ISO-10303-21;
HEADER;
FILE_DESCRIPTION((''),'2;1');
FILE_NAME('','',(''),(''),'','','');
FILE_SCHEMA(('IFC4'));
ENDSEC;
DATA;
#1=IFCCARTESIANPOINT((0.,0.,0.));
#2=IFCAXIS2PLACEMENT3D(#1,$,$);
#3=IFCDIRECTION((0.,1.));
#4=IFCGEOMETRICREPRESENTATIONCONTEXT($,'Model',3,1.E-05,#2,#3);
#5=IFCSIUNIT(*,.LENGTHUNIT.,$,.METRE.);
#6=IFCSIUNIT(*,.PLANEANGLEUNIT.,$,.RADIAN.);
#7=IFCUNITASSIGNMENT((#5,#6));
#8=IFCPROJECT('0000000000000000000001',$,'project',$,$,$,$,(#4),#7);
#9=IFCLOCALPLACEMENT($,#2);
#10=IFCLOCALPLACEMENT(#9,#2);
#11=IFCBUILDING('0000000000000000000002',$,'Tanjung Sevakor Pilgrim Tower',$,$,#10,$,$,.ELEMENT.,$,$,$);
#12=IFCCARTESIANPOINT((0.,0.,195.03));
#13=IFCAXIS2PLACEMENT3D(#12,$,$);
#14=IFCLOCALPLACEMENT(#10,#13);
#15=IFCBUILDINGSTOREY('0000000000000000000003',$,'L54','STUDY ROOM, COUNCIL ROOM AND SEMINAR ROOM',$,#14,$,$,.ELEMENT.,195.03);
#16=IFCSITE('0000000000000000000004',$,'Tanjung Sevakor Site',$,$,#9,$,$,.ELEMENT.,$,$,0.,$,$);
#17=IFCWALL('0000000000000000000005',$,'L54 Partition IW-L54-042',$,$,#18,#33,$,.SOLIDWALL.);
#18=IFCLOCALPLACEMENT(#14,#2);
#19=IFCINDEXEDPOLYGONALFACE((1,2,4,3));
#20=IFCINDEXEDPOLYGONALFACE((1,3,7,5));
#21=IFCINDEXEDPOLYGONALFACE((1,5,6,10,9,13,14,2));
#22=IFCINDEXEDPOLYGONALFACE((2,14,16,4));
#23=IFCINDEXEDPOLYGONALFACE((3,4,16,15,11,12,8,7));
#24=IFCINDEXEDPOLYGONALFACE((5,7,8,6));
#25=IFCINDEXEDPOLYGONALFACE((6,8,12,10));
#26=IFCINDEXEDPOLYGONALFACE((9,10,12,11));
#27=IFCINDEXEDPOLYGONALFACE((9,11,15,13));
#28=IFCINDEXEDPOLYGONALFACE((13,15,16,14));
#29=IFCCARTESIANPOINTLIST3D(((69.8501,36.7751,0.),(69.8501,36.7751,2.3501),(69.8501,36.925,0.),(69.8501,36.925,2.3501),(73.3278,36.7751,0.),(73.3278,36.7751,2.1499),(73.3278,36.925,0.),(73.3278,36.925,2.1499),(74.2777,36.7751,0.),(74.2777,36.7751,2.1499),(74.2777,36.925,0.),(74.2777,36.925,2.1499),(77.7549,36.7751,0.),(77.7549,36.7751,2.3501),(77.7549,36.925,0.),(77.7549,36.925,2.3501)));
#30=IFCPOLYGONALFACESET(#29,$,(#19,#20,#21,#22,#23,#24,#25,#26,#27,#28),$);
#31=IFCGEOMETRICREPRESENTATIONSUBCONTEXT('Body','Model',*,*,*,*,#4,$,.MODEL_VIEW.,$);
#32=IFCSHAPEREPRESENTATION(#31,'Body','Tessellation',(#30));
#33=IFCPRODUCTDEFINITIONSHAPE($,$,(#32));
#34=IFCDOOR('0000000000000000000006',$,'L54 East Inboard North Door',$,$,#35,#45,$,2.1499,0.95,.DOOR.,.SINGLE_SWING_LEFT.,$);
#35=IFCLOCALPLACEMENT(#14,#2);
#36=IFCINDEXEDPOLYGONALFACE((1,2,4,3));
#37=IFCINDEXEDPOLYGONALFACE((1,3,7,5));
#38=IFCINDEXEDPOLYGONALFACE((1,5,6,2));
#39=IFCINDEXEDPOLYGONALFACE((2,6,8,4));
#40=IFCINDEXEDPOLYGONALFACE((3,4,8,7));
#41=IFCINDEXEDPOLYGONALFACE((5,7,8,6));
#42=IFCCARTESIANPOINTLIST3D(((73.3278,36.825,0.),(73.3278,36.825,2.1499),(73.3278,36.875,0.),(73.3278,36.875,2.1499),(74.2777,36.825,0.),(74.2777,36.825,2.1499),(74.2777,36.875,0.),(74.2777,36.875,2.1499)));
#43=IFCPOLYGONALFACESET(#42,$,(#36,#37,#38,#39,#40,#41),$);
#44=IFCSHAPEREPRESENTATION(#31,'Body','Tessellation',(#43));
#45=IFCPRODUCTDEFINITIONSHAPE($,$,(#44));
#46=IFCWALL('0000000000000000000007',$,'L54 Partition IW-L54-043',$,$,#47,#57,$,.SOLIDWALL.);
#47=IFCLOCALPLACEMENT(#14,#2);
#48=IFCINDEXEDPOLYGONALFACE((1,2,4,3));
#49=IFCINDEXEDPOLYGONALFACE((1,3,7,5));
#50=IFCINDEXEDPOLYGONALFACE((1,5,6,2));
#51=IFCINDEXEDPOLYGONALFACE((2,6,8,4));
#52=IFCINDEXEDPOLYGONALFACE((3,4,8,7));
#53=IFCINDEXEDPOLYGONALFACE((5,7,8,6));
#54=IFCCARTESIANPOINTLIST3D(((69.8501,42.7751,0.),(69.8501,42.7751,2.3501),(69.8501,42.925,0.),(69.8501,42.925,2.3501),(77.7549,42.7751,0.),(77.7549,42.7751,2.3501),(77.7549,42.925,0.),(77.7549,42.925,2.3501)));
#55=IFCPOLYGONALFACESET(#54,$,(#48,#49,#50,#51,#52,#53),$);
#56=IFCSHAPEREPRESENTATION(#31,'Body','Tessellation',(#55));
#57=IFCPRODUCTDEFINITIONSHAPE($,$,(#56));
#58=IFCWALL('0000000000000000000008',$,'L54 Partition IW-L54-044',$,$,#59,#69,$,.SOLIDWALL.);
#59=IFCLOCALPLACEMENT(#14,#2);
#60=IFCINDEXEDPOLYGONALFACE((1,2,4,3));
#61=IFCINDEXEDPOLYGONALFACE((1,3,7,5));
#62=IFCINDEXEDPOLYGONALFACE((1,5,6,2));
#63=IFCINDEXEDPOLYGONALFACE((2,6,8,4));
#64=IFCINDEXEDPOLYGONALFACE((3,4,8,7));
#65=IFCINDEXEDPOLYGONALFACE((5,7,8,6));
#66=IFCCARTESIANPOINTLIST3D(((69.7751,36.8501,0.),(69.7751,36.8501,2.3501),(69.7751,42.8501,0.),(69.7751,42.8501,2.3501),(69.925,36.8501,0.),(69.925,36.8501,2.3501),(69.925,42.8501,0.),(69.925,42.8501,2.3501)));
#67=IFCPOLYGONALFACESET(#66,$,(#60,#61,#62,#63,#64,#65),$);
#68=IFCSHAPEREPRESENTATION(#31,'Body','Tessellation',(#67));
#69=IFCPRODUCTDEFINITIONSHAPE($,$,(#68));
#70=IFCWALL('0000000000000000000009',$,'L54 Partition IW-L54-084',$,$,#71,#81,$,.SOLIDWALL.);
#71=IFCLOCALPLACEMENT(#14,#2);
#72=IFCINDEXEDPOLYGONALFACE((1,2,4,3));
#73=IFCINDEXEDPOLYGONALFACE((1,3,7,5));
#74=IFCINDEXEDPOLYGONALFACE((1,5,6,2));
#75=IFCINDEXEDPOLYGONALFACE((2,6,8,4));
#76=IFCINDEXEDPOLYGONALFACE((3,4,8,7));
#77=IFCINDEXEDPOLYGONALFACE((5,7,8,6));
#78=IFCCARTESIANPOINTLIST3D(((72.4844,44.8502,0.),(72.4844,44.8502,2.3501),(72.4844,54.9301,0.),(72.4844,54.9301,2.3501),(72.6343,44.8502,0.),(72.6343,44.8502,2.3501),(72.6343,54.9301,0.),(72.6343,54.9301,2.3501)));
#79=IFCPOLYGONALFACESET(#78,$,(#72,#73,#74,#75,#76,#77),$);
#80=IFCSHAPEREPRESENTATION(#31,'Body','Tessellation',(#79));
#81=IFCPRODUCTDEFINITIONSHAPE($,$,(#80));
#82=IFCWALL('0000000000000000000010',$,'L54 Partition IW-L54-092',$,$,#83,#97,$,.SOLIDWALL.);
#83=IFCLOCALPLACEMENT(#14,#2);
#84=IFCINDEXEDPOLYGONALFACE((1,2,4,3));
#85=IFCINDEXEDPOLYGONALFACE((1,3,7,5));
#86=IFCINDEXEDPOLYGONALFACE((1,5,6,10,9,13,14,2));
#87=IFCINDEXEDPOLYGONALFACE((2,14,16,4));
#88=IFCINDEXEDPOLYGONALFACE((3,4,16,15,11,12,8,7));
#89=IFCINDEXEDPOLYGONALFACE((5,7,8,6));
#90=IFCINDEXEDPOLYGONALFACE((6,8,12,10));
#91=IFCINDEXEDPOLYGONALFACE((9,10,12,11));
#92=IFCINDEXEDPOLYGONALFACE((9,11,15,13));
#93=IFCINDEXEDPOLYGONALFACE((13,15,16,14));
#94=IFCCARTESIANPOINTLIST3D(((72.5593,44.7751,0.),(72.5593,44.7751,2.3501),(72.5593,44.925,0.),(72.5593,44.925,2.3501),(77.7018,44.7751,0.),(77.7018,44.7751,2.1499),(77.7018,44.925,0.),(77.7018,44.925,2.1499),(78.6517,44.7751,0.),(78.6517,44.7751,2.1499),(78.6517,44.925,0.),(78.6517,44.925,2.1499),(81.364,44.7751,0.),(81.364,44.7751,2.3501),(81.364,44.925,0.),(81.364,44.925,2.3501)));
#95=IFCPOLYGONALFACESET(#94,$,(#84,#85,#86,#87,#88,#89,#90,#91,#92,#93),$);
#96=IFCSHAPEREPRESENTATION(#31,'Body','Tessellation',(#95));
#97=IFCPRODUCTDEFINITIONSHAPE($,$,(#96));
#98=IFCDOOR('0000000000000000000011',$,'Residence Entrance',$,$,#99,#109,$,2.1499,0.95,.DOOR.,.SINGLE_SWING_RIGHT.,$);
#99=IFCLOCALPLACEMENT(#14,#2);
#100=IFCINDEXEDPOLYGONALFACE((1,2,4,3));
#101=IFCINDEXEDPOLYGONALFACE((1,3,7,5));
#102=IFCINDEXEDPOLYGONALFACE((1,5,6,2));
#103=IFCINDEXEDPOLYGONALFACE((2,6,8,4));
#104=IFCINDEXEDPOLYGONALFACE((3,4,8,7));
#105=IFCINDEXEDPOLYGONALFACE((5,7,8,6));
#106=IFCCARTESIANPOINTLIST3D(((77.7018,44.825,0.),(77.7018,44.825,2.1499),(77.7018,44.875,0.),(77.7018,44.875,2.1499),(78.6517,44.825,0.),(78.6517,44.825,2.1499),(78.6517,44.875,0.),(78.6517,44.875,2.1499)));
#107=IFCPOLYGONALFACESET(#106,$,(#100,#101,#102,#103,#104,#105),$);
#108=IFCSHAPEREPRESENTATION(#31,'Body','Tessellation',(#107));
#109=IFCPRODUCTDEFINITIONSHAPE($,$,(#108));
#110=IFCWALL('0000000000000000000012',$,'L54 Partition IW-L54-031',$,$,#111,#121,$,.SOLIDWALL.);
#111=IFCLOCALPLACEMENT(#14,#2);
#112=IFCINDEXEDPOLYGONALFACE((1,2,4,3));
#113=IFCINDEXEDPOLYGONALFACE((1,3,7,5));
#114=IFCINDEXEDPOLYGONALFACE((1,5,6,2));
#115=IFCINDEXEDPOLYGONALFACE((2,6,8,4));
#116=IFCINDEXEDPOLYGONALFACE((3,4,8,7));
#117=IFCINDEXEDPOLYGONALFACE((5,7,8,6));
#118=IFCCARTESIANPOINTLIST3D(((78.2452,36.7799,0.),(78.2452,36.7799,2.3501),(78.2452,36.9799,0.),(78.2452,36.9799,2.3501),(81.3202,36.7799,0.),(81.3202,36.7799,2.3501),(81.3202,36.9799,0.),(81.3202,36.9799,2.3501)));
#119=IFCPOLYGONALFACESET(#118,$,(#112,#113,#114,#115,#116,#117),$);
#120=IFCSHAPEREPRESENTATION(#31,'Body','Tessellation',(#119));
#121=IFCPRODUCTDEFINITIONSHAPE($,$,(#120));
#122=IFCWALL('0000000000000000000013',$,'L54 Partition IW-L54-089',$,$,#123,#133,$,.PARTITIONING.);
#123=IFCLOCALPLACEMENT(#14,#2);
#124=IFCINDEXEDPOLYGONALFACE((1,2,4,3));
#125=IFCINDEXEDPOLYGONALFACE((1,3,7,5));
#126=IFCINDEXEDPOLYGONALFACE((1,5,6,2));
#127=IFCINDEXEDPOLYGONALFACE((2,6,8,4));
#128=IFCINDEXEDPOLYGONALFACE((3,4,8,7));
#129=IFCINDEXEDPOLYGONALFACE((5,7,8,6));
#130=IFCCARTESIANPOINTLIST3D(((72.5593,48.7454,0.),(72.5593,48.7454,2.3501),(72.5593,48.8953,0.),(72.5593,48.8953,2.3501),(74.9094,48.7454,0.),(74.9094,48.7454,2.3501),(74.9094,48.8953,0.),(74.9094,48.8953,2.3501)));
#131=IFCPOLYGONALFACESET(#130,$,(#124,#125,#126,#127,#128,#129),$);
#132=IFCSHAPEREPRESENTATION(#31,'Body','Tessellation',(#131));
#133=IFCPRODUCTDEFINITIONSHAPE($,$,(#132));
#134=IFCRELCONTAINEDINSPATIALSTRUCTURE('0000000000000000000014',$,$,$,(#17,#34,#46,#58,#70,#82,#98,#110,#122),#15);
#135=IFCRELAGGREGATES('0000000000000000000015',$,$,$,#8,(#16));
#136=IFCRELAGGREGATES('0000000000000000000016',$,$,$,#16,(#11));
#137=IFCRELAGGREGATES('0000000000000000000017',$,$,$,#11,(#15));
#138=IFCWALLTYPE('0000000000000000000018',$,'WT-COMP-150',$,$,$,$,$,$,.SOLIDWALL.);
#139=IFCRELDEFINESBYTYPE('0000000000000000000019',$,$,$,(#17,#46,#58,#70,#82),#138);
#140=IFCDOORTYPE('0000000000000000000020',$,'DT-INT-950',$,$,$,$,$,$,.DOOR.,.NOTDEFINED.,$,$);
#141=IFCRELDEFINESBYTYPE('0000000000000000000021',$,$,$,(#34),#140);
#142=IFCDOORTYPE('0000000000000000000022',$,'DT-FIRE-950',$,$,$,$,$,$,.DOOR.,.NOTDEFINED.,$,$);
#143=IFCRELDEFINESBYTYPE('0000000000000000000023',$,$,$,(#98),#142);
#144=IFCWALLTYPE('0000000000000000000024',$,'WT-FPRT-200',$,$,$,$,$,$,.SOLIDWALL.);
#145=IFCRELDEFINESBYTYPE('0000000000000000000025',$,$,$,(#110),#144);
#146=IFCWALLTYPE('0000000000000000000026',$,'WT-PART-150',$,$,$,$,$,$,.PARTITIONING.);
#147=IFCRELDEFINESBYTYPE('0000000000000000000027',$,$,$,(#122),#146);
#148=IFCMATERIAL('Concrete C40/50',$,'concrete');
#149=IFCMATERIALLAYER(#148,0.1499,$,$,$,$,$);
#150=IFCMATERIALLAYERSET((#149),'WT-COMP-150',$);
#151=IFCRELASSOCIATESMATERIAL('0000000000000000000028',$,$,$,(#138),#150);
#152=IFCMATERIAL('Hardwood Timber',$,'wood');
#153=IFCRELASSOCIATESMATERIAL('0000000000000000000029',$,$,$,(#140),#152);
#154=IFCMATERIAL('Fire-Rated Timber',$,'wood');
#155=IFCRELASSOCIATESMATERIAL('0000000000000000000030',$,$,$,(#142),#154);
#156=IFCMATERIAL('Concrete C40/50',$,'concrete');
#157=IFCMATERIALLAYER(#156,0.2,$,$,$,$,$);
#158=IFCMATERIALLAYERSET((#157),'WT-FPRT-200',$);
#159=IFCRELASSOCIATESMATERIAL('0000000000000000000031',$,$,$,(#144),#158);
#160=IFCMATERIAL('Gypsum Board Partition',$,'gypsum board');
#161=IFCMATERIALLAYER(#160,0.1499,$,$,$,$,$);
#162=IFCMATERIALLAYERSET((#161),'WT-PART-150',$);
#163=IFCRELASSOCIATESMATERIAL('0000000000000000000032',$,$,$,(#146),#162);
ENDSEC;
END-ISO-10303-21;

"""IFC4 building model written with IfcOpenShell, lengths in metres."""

from ifc_helpers import new_model, si_unit, direction, frame, frame_2d, origin, place, context, subcontext, project, spatial, rectangle, extrude, material, layer, layer_set, type_object, element, fill, save


model = new_model("IFC4")

# Units and contexts
model_context = context("Model", 3, precision=1e-05, world=origin(), true_north=direction((0.0, 1.0)))
body_context = subcontext(model_context, "Body", "Model", "MODEL_VIEW")
ifc_project = project(units=[si_unit("LENGTHUNIT", "METRE"), si_unit("PLANEANGLEUNIT", "RADIAN")], contexts=[model_context])

# Site, building, storey
site_placement = place(None, origin())
site = spatial("IfcSite", under=ifc_project, at=site_placement, Name="Tanjung Sevakor Site", CompositionType="ELEMENT", RefElevation=0.0)
building_placement = place(site_placement, origin())
building = spatial("IfcBuilding", under=site, at=building_placement, Name="Tanjung Sevakor Pilgrim Tower", CompositionType="ELEMENT")
storey_placement = place(building_placement, frame((0.0, 0.0, 195.03)))
storey = spatial("IfcBuildingStorey", under=building, at=storey_placement, Name="L54", Description="STUDY ROOM, COUNCIL ROOM AND SEMINAR ROOM", CompositionType="ELEMENT", Elevation=195.03)

# Wall, opening, door
ifc_material_1 = material(Name="Concrete C40/50", Category="concrete")
ifc_layer_1 = layer(ifc_material_1, 0.1499)
ifc_layer_set_1 = layer_set([ifc_layer_1], Name="WT-COMP-150")
wall_type_1 = type_object("IfcWallType", Name="WT-COMP-150", PredefinedType="SOLIDWALL", material=ifc_layer_set_1)
wall_1_placement = place(storey_placement, frame((69.8501, 36.8501, 0.0), z_axis=(0.0, 0.0, 1.0), x_axis=(1.0, 0.0, 0.0)))
wall_1 = element("IfcWall", 1, at=wall_1_placement, inside=storey, type_object=wall_type_1, Name="L54 Partition IW-L54-042", PredefinedType="SOLIDWALL", context=body_context, shape_type="SweptSolid", body=[
    extrude(rectangle(XDim=7.9048, YDim=0.1499, at=frame_2d((3.9524, 0.0))), origin(), (0.0, 0.0, 1.0), 2.3501),
])
opening_1_placement = place(wall_1_placement, frame((3.4775, 0.0, 0.0)))
opening_1 = element("IfcOpeningElement", 2, at=opening_1_placement, cuts=wall_1, PredefinedType="OPENING", context=body_context, shape_type="SweptSolid", body=[
    extrude(rectangle(XDim=0.95, YDim=2.1499, at=frame_2d((0.4751, 1.075))), frame((0.0, 0.085, 0.0), z_axis=(0.0, -1.0, 0.0), x_axis=(1.0, 0.0, 0.0)), (0.0, 0.0, 1.0), 0.1699),
])
ifc_material_2 = material(Name="Hardwood Timber", Category="wood")
door_type_1 = type_object("IfcDoorType", Name="DT-INT-950", OperationType="NOTDEFINED", PredefinedType="DOOR", material=ifc_material_2)
door_1_placement = place(opening_1_placement, origin())
door_1 = element("IfcDoor", 3, at=door_1_placement, inside=storey, type_object=door_type_1, Name="L54 East Inboard North Door", OperationType="SINGLE_SWING_LEFT", OverallHeight=2.1499, OverallWidth=0.95, PredefinedType="DOOR", context=body_context, shape_type="SweptSolid", body=[
    extrude(rectangle(XDim=0.95, YDim=2.1499, at=frame_2d((0.4751, 1.075))), frame((0.0, 0.0249, 0.0), z_axis=(0.0, -1.0, 0.0), x_axis=(1.0, 0.0, 0.0)), (0.0, 0.0, 1.0), 0.05),
])
fill(opening_1, door_1)

# Walls
wall_2_placement = place(storey_placement, frame((69.8501, 42.8501, 0.0), z_axis=(0.0, 0.0, 1.0), x_axis=(1.0, 0.0, 0.0)))
element("IfcWall", 4, at=wall_2_placement, inside=storey, type_object=wall_type_1, Name="L54 Partition IW-L54-043", PredefinedType="SOLIDWALL", context=body_context, shape_type="SweptSolid", body=[
    extrude(rectangle(XDim=7.9048, YDim=0.1499, at=frame_2d((3.9524, 0.0))), origin(), (0.0, 0.0, 1.0), 2.3501),
])
wall_3_placement = place(storey_placement, frame((69.8501, 36.8501, 0.0), z_axis=(0.0, 0.0, 1.0), x_axis=(0.0, 1.0, 0.0)))
element("IfcWall", 5, at=wall_3_placement, inside=storey, type_object=wall_type_1, Name="L54 Partition IW-L54-044", PredefinedType="SOLIDWALL", context=body_context, shape_type="SweptSolid", body=[
    extrude(rectangle(XDim=6.0, YDim=0.1499, at=frame_2d((3.0, 0.0))), origin(), (0.0, 0.0, 1.0), 2.3501),
])
wall_4_placement = place(storey_placement, frame((72.5593, 44.8501, 0.0), z_axis=(0.0, 0.0, 1.0), x_axis=(0.0, 1.0, 0.0)))
element("IfcWall", 6, at=wall_4_placement, inside=storey, type_object=wall_type_1, Name="L54 Partition IW-L54-084", PredefinedType="SOLIDWALL", context=body_context, shape_type="SweptSolid", body=[
    extrude(rectangle(XDim=10.0798, YDim=0.1499, at=frame_2d((5.04, 0.0))), origin(), (0.0, 0.0, 1.0), 2.3501),
])

# Wall, opening, door
wall_5_placement = place(storey_placement, frame((72.5593, 44.8501, 0.0), z_axis=(0.0, 0.0, 1.0), x_axis=(1.0, 0.0, 0.0)))
wall_5 = element("IfcWall", 7, at=wall_5_placement, inside=storey, type_object=wall_type_1, Name="L54 Partition IW-L54-092", PredefinedType="SOLIDWALL", context=body_context, shape_type="SweptSolid", body=[
    extrude(rectangle(XDim=8.8047, YDim=0.1499, at=frame_2d((4.4023, 0.0))), origin(), (0.0, 0.0, 1.0), 2.3501),
])
opening_2_placement = place(wall_5_placement, frame((5.1423, 0.0, 0.0)))
opening_2 = element("IfcOpeningElement", 8, at=opening_2_placement, cuts=wall_5, PredefinedType="OPENING", context=body_context, shape_type="SweptSolid", body=[
    extrude(rectangle(XDim=0.95, YDim=2.1499, at=frame_2d((0.4751, 1.075))), frame((0.0, 0.085, 0.0), z_axis=(0.0, -1.0, 0.0), x_axis=(1.0, 0.0, 0.0)), (0.0, 0.0, 1.0), 0.1699),
])
ifc_material_3 = material(Name="Fire-Rated Timber", Category="wood")
door_type_2 = type_object("IfcDoorType", Name="DT-FIRE-950", OperationType="NOTDEFINED", PredefinedType="DOOR", material=ifc_material_3)
door_2_placement = place(opening_2_placement, origin())
door_2 = element("IfcDoor", 9, at=door_2_placement, inside=storey, type_object=door_type_2, Name="Residence Entrance", OperationType="SINGLE_SWING_RIGHT", OverallHeight=2.1499, OverallWidth=0.95, PredefinedType="DOOR", context=body_context, shape_type="SweptSolid", body=[
    extrude(rectangle(XDim=0.95, YDim=2.1499, at=frame_2d((0.4751, 1.075))), frame((0.0, 0.0249, 0.0), z_axis=(0.0, -1.0, 0.0), x_axis=(1.0, 0.0, 0.0)), (0.0, 0.0, 1.0), 0.05),
])
fill(opening_2, door_2)

# Walls
ifc_material_4 = material(Name="Concrete C40/50", Category="concrete")
ifc_layer_2 = layer(ifc_material_4, 0.2)
ifc_layer_set_2 = layer_set([ifc_layer_2], Name="WT-FPRT-200")
wall_type_2 = type_object("IfcWallType", Name="WT-FPRT-200", PredefinedType="SOLIDWALL", material=ifc_layer_set_2)
wall_6_placement = place(storey_placement, frame((78.2451, 36.8799, 0.0), z_axis=(0.0, 0.0, 1.0), x_axis=(1.0, 0.0, 0.0)))
element("IfcWall", 10, at=wall_6_placement, inside=storey, type_object=wall_type_2, Name="L54 Partition IW-L54-031", PredefinedType="SOLIDWALL", context=body_context, shape_type="SweptSolid", body=[
    extrude(rectangle(XDim=3.075, YDim=0.2, at=frame_2d((1.5376, 0.0))), origin(), (0.0, 0.0, 1.0), 2.3501),
])
ifc_material_5 = material(Name="Gypsum Board Partition", Category="gypsum board")
ifc_layer_3 = layer(ifc_material_5, 0.1499)
ifc_layer_set_3 = layer_set([ifc_layer_3], Name="WT-PART-150")
wall_type_3 = type_object("IfcWallType", Name="WT-PART-150", PredefinedType="PARTITIONING", material=ifc_layer_set_3)
wall_7_placement = place(storey_placement, frame((72.5593, 48.8203, 0.0), z_axis=(0.0, 0.0, 1.0), x_axis=(1.0, 0.0, 0.0)))
element("IfcWall", 11, at=wall_7_placement, inside=storey, type_object=wall_type_3, Name="L54 Partition IW-L54-089", PredefinedType="PARTITIONING", context=body_context, shape_type="SweptSolid", body=[
    extrude(rectangle(XDim=2.3501, YDim=0.1499, at=frame_2d((1.175, 0.0))), origin(), (0.0, 0.0, 1.0), 2.3501),
])

save(model, "model.ifc")
